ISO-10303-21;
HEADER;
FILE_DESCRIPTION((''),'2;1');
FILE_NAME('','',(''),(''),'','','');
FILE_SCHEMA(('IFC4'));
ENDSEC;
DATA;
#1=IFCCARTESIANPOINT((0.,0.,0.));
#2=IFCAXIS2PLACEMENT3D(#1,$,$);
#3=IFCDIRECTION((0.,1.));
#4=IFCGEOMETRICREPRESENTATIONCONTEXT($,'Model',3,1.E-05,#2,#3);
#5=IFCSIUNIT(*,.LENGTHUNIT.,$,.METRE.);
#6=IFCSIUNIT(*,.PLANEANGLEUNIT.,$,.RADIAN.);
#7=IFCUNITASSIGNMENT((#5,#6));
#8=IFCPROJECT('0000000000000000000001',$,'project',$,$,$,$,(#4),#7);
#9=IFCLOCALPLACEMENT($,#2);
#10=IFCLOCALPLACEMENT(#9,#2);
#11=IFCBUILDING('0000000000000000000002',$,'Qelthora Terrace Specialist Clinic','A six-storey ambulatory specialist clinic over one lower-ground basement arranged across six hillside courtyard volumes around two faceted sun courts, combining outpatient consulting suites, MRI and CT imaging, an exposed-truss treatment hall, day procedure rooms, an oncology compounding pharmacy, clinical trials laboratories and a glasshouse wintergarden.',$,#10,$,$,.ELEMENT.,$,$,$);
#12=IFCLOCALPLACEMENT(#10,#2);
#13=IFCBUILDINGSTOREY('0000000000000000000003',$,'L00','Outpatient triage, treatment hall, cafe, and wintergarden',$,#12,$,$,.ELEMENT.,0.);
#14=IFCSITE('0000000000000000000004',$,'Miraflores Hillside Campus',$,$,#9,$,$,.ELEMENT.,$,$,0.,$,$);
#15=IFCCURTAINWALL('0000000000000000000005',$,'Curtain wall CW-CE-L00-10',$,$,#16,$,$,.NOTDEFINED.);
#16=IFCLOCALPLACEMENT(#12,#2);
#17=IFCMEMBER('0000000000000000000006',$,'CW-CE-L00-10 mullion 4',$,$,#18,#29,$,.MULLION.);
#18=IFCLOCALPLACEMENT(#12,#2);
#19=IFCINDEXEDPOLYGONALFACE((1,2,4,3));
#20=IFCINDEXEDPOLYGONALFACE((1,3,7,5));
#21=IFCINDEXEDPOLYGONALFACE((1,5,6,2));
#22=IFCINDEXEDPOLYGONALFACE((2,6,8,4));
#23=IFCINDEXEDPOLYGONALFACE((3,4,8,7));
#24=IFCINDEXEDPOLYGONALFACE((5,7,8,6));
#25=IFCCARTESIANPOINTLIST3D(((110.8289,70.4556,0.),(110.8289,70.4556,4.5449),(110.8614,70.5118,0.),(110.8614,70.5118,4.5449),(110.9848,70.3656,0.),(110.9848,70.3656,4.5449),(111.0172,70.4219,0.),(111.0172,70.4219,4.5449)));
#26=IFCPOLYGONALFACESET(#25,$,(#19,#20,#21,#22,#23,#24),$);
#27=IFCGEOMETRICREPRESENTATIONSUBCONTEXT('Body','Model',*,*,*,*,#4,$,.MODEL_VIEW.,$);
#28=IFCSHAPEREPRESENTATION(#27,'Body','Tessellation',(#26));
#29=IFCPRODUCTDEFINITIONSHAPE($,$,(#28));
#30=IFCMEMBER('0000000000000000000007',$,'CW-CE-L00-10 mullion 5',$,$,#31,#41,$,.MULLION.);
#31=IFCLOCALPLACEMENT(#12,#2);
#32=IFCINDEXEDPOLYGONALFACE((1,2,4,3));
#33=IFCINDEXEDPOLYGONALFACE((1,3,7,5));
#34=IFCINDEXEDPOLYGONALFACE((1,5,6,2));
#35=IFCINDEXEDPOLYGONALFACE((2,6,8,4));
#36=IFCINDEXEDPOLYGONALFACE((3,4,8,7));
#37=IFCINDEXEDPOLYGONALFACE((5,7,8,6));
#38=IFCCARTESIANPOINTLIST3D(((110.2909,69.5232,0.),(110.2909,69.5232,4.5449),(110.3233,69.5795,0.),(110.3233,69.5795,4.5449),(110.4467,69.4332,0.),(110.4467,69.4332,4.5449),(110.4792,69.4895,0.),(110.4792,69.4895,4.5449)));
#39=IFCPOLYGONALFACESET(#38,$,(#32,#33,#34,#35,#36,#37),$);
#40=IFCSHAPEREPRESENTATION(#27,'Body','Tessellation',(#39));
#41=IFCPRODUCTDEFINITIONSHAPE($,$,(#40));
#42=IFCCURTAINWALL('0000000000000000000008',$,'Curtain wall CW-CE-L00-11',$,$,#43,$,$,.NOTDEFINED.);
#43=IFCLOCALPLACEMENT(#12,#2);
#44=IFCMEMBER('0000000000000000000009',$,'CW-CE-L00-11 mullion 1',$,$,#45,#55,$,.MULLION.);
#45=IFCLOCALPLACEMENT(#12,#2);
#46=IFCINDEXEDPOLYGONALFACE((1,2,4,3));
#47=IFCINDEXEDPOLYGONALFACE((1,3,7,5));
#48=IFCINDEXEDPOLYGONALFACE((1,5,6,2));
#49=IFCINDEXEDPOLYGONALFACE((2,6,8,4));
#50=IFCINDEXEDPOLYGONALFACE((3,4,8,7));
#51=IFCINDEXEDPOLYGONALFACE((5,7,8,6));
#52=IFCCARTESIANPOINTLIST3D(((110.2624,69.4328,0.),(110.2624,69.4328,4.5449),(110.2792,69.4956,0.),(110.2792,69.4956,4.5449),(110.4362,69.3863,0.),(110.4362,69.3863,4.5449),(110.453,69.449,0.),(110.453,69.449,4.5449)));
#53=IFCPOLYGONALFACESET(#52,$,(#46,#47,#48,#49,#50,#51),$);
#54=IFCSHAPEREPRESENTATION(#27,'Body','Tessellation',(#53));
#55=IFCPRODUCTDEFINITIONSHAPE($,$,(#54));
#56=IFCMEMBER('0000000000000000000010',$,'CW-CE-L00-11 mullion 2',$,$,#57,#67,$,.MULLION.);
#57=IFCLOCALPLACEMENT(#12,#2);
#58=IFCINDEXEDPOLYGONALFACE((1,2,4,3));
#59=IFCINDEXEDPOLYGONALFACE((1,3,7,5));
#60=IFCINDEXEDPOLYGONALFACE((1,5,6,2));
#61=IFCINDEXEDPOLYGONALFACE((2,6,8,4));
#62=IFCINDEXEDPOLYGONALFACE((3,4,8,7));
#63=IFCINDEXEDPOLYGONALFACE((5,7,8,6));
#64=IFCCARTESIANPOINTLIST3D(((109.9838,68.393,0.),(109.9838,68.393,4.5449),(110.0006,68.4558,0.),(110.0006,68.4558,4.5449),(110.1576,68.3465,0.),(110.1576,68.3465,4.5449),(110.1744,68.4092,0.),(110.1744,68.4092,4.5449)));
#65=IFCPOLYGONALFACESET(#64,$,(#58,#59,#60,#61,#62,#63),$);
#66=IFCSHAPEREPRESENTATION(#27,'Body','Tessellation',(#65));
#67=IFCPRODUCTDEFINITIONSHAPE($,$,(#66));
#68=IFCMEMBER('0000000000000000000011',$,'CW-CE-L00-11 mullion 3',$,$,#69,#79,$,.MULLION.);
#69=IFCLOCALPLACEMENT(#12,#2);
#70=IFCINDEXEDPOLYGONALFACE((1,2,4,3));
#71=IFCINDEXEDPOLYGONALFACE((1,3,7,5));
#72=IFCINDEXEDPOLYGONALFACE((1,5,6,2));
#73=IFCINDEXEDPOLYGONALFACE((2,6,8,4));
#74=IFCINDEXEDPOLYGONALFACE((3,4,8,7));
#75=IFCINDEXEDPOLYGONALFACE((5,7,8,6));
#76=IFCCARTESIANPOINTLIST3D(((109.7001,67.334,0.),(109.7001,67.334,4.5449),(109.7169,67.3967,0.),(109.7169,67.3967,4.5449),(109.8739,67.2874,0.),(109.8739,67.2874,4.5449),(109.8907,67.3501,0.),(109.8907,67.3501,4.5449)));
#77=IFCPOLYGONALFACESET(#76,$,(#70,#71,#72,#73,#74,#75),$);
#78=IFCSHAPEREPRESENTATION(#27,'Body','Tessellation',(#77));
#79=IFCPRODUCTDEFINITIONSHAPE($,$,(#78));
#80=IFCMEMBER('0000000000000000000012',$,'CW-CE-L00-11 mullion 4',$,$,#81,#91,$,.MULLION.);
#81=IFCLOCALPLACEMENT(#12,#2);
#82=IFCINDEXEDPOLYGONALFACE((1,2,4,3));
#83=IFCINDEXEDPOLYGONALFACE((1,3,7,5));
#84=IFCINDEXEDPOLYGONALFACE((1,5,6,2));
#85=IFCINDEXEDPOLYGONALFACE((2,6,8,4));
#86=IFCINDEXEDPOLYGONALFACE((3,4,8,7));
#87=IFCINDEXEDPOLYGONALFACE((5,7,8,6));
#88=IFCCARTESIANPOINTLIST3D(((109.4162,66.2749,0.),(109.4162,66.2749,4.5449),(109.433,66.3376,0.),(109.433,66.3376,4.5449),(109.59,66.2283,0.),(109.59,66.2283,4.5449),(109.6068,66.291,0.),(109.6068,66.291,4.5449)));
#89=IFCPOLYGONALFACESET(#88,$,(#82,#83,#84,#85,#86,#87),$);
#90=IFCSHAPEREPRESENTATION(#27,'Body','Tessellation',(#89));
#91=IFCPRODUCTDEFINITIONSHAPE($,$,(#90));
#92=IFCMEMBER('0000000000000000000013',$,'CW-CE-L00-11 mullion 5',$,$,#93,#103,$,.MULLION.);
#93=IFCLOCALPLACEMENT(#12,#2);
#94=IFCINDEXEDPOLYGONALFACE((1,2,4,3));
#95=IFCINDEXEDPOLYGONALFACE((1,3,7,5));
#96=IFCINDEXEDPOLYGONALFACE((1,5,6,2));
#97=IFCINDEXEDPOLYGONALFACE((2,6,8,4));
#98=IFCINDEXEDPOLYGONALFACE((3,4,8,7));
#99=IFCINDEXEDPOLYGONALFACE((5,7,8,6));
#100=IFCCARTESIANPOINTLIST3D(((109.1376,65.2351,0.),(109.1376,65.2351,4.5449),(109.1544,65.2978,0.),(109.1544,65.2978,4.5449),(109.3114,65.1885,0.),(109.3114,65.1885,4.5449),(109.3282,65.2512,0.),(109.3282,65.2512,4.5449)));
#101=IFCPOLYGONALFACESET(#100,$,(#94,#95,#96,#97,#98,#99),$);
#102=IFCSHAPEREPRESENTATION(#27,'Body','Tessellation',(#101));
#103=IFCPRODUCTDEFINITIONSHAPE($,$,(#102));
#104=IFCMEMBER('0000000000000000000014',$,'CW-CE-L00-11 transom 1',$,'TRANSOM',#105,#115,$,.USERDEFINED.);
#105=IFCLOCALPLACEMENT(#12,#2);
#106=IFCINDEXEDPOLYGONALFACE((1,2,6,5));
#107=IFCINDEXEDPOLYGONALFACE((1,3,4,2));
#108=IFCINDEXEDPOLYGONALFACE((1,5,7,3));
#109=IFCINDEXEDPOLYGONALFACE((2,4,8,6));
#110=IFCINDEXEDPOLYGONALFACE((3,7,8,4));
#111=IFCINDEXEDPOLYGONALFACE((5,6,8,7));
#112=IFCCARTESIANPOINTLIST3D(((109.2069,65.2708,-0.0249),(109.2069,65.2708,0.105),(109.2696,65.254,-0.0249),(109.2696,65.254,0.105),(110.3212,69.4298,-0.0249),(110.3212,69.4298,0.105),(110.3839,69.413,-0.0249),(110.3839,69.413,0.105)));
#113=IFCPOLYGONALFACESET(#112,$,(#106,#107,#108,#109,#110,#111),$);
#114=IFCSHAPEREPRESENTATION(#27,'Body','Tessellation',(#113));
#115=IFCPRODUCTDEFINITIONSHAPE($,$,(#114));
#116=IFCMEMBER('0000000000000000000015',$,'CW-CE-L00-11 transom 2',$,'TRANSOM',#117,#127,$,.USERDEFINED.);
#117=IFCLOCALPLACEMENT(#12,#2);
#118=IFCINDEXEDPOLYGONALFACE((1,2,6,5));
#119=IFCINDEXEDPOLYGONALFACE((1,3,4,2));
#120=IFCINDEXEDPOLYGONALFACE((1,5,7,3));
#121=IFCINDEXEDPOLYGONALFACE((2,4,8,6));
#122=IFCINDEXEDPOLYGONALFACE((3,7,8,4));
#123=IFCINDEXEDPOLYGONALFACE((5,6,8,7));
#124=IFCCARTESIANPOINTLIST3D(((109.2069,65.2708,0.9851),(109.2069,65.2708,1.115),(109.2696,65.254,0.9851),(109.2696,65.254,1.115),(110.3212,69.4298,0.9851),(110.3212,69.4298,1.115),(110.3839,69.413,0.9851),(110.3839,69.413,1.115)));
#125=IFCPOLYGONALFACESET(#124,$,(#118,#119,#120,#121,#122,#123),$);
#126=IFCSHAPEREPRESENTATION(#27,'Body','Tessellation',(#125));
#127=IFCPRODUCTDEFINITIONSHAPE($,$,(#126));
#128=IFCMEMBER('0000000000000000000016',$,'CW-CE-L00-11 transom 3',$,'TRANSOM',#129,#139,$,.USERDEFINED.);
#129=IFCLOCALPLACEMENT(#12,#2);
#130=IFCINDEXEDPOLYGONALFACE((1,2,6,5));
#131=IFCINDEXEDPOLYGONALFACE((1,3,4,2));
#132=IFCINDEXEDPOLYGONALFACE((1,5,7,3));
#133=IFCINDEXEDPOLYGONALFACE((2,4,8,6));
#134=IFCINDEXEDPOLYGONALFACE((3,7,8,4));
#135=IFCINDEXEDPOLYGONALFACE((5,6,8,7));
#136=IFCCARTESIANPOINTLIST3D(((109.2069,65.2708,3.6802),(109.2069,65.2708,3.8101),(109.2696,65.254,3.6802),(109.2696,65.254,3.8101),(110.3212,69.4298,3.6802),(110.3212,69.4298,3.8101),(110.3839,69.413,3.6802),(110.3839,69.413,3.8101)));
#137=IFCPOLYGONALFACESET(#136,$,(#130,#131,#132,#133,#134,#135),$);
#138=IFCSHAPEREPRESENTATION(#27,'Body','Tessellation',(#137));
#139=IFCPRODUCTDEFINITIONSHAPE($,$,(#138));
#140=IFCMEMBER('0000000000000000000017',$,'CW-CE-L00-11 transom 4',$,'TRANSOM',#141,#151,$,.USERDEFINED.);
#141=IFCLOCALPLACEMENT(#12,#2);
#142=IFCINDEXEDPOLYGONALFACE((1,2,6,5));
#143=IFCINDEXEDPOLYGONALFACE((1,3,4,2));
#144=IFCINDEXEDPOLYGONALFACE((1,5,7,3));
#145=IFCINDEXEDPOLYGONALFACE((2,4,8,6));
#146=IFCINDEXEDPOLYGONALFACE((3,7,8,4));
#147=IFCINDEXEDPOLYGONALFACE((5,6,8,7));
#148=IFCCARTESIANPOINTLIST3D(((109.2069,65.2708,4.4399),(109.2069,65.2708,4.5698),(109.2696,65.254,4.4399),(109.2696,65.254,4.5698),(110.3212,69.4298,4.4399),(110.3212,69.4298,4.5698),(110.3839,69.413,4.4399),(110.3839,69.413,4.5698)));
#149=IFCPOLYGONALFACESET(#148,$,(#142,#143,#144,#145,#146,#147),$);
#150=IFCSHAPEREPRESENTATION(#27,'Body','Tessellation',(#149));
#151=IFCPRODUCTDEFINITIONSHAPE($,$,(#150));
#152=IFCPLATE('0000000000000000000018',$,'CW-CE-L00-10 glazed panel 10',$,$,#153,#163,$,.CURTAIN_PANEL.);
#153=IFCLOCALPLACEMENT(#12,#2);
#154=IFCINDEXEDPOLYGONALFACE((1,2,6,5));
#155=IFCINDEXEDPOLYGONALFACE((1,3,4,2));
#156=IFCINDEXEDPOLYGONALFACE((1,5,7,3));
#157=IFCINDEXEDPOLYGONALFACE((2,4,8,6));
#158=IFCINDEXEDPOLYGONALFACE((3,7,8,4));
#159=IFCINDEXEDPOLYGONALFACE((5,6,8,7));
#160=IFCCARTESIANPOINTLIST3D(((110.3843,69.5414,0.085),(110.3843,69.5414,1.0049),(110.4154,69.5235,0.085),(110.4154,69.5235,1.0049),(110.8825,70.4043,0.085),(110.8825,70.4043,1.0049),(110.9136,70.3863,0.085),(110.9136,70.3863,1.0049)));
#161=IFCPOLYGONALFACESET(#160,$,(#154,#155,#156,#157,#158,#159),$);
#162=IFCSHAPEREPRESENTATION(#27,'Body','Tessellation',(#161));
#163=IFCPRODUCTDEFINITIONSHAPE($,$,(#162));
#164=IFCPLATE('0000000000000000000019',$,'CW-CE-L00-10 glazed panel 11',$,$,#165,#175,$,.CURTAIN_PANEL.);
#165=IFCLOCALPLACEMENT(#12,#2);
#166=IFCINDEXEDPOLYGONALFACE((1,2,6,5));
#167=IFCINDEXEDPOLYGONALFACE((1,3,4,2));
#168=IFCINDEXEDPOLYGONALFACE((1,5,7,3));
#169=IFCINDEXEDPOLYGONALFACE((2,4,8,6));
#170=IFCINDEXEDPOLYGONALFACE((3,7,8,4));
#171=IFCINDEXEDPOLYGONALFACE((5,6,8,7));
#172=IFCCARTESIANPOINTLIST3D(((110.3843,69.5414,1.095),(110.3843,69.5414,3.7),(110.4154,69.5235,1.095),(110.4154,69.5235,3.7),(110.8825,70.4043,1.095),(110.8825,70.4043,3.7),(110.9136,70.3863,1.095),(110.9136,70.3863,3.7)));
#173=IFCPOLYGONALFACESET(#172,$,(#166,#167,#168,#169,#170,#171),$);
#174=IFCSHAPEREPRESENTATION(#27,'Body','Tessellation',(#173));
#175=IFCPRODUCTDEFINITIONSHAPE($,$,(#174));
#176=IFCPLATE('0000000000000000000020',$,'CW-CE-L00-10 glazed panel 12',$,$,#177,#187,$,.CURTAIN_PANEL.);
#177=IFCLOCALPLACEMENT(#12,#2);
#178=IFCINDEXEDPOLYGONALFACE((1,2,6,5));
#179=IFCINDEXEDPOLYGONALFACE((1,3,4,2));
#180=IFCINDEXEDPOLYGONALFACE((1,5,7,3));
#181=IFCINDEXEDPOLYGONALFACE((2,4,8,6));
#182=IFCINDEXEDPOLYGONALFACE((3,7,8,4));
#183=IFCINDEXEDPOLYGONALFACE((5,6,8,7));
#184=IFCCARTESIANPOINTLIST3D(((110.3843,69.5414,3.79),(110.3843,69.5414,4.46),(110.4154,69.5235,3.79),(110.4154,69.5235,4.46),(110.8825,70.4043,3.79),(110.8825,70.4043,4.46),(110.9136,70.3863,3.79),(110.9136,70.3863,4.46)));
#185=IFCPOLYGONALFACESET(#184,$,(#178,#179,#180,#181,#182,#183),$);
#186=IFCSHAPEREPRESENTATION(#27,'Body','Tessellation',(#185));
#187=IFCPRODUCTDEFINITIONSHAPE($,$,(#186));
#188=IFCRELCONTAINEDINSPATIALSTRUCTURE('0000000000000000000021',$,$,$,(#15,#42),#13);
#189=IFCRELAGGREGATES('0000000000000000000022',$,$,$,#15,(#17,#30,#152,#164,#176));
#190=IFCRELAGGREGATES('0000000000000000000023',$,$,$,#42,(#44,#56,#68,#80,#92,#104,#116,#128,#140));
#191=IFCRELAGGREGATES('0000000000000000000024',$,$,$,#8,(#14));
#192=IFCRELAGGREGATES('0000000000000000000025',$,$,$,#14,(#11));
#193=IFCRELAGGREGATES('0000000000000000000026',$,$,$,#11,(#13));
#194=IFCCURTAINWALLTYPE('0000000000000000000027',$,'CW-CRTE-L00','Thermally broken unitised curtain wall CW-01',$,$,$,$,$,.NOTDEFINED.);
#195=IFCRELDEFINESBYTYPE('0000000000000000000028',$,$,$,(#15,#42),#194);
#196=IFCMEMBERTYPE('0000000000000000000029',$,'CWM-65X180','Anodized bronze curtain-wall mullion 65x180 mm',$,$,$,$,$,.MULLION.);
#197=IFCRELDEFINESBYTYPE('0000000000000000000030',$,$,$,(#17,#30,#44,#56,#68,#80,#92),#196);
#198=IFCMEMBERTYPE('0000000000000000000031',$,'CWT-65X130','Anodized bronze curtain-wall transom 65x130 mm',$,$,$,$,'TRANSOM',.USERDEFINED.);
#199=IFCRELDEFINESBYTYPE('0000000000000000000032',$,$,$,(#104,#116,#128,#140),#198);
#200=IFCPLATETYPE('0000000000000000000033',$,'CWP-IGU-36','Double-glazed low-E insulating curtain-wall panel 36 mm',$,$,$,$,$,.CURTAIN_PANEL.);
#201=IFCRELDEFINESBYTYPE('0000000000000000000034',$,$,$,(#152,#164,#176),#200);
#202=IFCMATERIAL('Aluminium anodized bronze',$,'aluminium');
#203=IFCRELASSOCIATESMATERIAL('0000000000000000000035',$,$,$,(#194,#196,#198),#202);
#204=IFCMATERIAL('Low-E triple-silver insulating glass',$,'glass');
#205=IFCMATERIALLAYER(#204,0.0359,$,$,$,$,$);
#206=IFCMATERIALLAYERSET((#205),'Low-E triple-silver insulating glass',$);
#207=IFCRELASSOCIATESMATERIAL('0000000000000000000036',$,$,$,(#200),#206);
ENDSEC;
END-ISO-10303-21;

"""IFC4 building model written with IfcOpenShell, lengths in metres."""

from ifc_helpers import new_model, si_unit, direction, frame, origin, origin_2d, place, context, subcontext, project, spatial, rectangle, extrude, material, layer, layer_set, material_profile, profile_set, type_object, element, aggregate, save


model = new_model("IFC4")

# Units and contexts
model_context = context("Model", 3, precision=1e-05, world=origin(), true_north=direction((0.0, 1.0)))
body_context = subcontext(model_context, "Body", "Model", "MODEL_VIEW")
ifc_project = project(units=[si_unit("LENGTHUNIT", "METRE"), si_unit("PLANEANGLEUNIT", "RADIAN")], contexts=[model_context])

# Site, building, storey
site_placement = place(None, origin())
site = spatial("IfcSite", under=ifc_project, at=site_placement, Name="Miraflores Hillside Campus", CompositionType="ELEMENT", RefElevation=0.0)
building_placement = place(site_placement, origin())
building = spatial("IfcBuilding", under=site, at=building_placement, Name="Qelthora Terrace Specialist Clinic", Description="A six-storey ambulatory specialist clinic over one lower-ground basement arranged across six hillside courtyard volumes around two faceted sun courts, combining outpatient consulting suites, MRI and CT imaging, an exposed-truss treatment hall, day procedure rooms, an oncology compounding pharmacy, clinical trials laboratories and a glasshouse wintergarden.", CompositionType="ELEMENT")
storey_placement = place(building_placement, origin())
storey = spatial("IfcBuildingStorey", under=building, at=storey_placement, Name="L00", Description="Outpatient triage, treatment hall, cafe, and wintergarden", CompositionType="ELEMENT", Elevation=0.0)

# Curtain walls, members
ifc_material_1 = material(Name="Aluminium anodized bronze", Category="aluminium")
curtain_wall_type = type_object("IfcCurtainWallType", Name="CW-CRTE-L00", Description="Thermally broken unitised curtain wall CW-01", PredefinedType="NOTDEFINED", material=ifc_material_1)
curtain_wall_1_placement = place(storey_placement, origin())
curtain_wall_1 = element("IfcCurtainWall", 1, at=curtain_wall_1_placement, inside=storey, type_object=curtain_wall_type, Name="Curtain wall CW-CE-L00-10", PredefinedType="NOTDEFINED")
ifc_material_profile_1 = material_profile(ifc_material_1, rectangle(XDim=0.0649, YDim=0.1799, at=origin_2d()), Name="CWM65X180")
ifc_profile_set_1 = profile_set([ifc_material_profile_1], Name="Aluminium anodized bronze")
member_type_1 = type_object("IfcMemberType", Name="CWM-65X180", Description="Anodized bronze curtain-wall mullion 65x180 mm", PredefinedType="MULLION", material=ifc_profile_set_1)
member_1_placement = place(storey_placement, frame((110.9231, 70.4387, 0.0), z_axis=(0.0, 0.0, 1.0), x_axis=(-0.5, -0.866025, 0.0)))
member_1 = element("IfcMember", 2, at=member_1_placement, type_object=member_type_1, Name="CW-CE-L00-10 mullion 4", PredefinedType="MULLION", context=body_context, shape_type="SweptSolid", body=[
    extrude(rectangle(XDim=0.0649, YDim=0.1799, at=origin_2d()), origin(), (0.0, 0.0, 1.0), 4.5449),
])
member_2_placement = place(storey_placement, frame((110.385, 69.5063, 0.0), z_axis=(0.0, 0.0, 1.0), x_axis=(-0.5, -0.866025, 0.0)))
member_2 = element("IfcMember", 3, at=member_2_placement, type_object=member_type_1, Name="CW-CE-L00-10 mullion 5", PredefinedType="MULLION", context=body_context, shape_type="SweptSolid", body=[
    extrude(rectangle(XDim=0.0649, YDim=0.1799, at=origin_2d()), origin(), (0.0, 0.0, 1.0), 4.5449),
])
curtain_wall_2_placement = place(storey_placement, origin())
curtain_wall_2 = element("IfcCurtainWall", 4, at=curtain_wall_2_placement, inside=storey, type_object=curtain_wall_type, Name="Curtain wall CW-CE-L00-11", PredefinedType="NOTDEFINED")
member_3_placement = place(storey_placement, frame((110.3577, 69.4409, 0.0), z_axis=(0.0, 0.0, 1.0), x_axis=(-0.25882, -0.965926, 0.0)))
member_3 = element("IfcMember", 5, at=member_3_placement, type_object=member_type_1, Name="CW-CE-L00-11 mullion 1", PredefinedType="MULLION", context=body_context, shape_type="SweptSolid", body=[
    extrude(rectangle(XDim=0.0649, YDim=0.1799, at=origin_2d()), origin(), (0.0, 0.0, 1.0), 4.5449),
])
member_4_placement = place(storey_placement, frame((110.0791, 68.4011, 0.0), z_axis=(0.0, 0.0, 1.0), x_axis=(-0.25882, -0.965926, 0.0)))
member_4 = element("IfcMember", 6, at=member_4_placement, type_object=member_type_1, Name="CW-CE-L00-11 mullion 2", PredefinedType="MULLION", context=body_context, shape_type="SweptSolid", body=[
    extrude(rectangle(XDim=0.0649, YDim=0.1799, at=origin_2d()), origin(), (0.0, 0.0, 1.0), 4.5449),
])
member_5_placement = place(storey_placement, frame((109.7954, 67.342, 0.0), z_axis=(0.0, 0.0, 1.0), x_axis=(-0.25882, -0.965926, 0.0)))
member_5 = element("IfcMember", 7, at=member_5_placement, type_object=member_type_1, Name="CW-CE-L00-11 mullion 3", PredefinedType="MULLION", context=body_context, shape_type="SweptSolid", body=[
    extrude(rectangle(XDim=0.0649, YDim=0.1799, at=origin_2d()), origin(), (0.0, 0.0, 1.0), 4.5449),
])
member_6_placement = place(storey_placement, frame((109.5115, 66.283, 0.0), z_axis=(0.0, 0.0, 1.0), x_axis=(-0.25882, -0.965926, 0.0)))
member_6 = element("IfcMember", 8, at=member_6_placement, type_object=member_type_1, Name="CW-CE-L00-11 mullion 4", PredefinedType="MULLION", context=body_context, shape_type="SweptSolid", body=[
    extrude(rectangle(XDim=0.0649, YDim=0.1799, at=origin_2d()), origin(), (0.0, 0.0, 1.0), 4.5449),
])
member_7_placement = place(storey_placement, frame((109.2329, 65.2432, 0.0), z_axis=(0.0, 0.0, 1.0), x_axis=(-0.25882, -0.965926, 0.0)))
member_7 = element("IfcMember", 9, at=member_7_placement, type_object=member_type_1, Name="CW-CE-L00-11 mullion 5", PredefinedType="MULLION", context=body_context, shape_type="SweptSolid", body=[
    extrude(rectangle(XDim=0.0649, YDim=0.1799, at=origin_2d()), origin(), (0.0, 0.0, 1.0), 4.5449),
])
ifc_material_profile_2 = material_profile(ifc_material_1, rectangle(XDim=0.0649, YDim=0.1299, at=origin_2d()), Name="CWT65X130")
ifc_profile_set_2 = profile_set([ifc_material_profile_2], Name="Aluminium anodized bronze")
member_type_2 = type_object("IfcMemberType", Name="CWT-65X130", Description="Anodized bronze curtain-wall transom 65x130 mm", ElementType="TRANSOM", PredefinedType="USERDEFINED", material=ifc_profile_set_2)
member_8_placement = place(storey_placement, frame((110.3525, 69.4214, 0.04), z_axis=(-0.258792, -0.965933, 0.0), x_axis=(0.965933, -0.258792, 0.0)))
member_8 = element("IfcMember", 10, at=member_8_placement, type_object=member_type_2, Name="CW-CE-L00-11 transom 1", ObjectType="TRANSOM", PredefinedType="USERDEFINED", context=body_context, shape_type="SweptSolid", body=[
    extrude(rectangle(XDim=0.0649, YDim=0.1299, at=origin_2d()), origin(), (0.0, 0.0, 1.0), 4.3057),
])
member_9_placement = place(storey_placement, frame((110.3525, 69.4214, 1.05), z_axis=(-0.258792, -0.965933, 0.0), x_axis=(0.965933, -0.258792, 0.0)))
member_9 = element("IfcMember", 11, at=member_9_placement, type_object=member_type_2, Name="CW-CE-L00-11 transom 2", ObjectType="TRANSOM", PredefinedType="USERDEFINED", context=body_context, shape_type="SweptSolid", body=[
    extrude(rectangle(XDim=0.0649, YDim=0.1299, at=origin_2d()), origin(), (0.0, 0.0, 1.0), 4.3057),
])
member_10_placement = place(storey_placement, frame((110.3525, 69.4214, 3.7451), z_axis=(-0.258792, -0.965933, 0.0), x_axis=(0.965933, -0.258792, 0.0)))
member_10 = element("IfcMember", 12, at=member_10_placement, type_object=member_type_2, Name="CW-CE-L00-11 transom 3", ObjectType="TRANSOM", PredefinedType="USERDEFINED", context=body_context, shape_type="SweptSolid", body=[
    extrude(rectangle(XDim=0.0649, YDim=0.1299, at=origin_2d()), origin(), (0.0, 0.0, 1.0), 4.3057),
])
member_11_placement = place(storey_placement, frame((110.3525, 69.4214, 4.5049), z_axis=(-0.258792, -0.965933, 0.0), x_axis=(0.965933, -0.258792, 0.0)))
member_11 = element("IfcMember", 13, at=member_11_placement, type_object=member_type_2, Name="CW-CE-L00-11 transom 4", ObjectType="TRANSOM", PredefinedType="USERDEFINED", context=body_context, shape_type="SweptSolid", body=[
    extrude(rectangle(XDim=0.0649, YDim=0.1299, at=origin_2d()), origin(), (0.0, 0.0, 1.0), 4.3057),
])

# Plates
ifc_material_2 = material(Name="Low-E triple-silver insulating glass", Category="glass")
ifc_layer = layer(ifc_material_2, 0.0359)
ifc_layer_set = layer_set([ifc_layer], Name="Low-E triple-silver insulating glass")
plate_type = type_object("IfcPlateType", Name="CWP-IGU-36", Description="Double-glazed low-E insulating curtain-wall panel 36 mm", PredefinedType="CURTAIN_PANEL", material=ifc_layer_set)
plate_1_placement = place(storey_placement, frame((110.6489, 69.9639, 0.085), z_axis=(0.0, 0.0, 1.0), x_axis=(-0.5, -0.866025, 0.0)))
plate_1 = element("IfcPlate", 14, at=plate_1_placement, type_object=plate_type, Name="CW-CE-L00-10 glazed panel 10", PredefinedType="CURTAIN_PANEL", context=body_context, shape_type="SweptSolid", body=[
    extrude(rectangle(XDim=0.9963, YDim=0.0359, at=origin_2d()), origin(), (0.0, 0.0, 1.0), 0.9199),
])
plate_2_placement = place(storey_placement, frame((110.6489, 69.9639, 1.095), z_axis=(0.0, 0.0, 1.0), x_axis=(-0.5, -0.866025, 0.0)))
plate_2 = element("IfcPlate", 15, at=plate_2_placement, type_object=plate_type, Name="CW-CE-L00-10 glazed panel 11", PredefinedType="CURTAIN_PANEL", context=body_context, shape_type="SweptSolid", body=[
    extrude(rectangle(XDim=0.9963, YDim=0.0359, at=origin_2d()), origin(), (0.0, 0.0, 1.0), 2.605),
])
plate_3_placement = place(storey_placement, frame((110.6489, 69.9639, 3.79), z_axis=(0.0, 0.0, 1.0), x_axis=(-0.5, -0.866025, 0.0)))
plate_3 = element("IfcPlate", 16, at=plate_3_placement, type_object=plate_type, Name="CW-CE-L00-10 glazed panel 12", PredefinedType="CURTAIN_PANEL", context=body_context, shape_type="SweptSolid", body=[
    extrude(rectangle(XDim=0.9963, YDim=0.0359, at=origin_2d()), origin(), (0.0, 0.0, 1.0), 0.6699),
])
aggregate(curtain_wall_1, [member_1, member_2, plate_1, plate_2, plate_3])
aggregate(curtain_wall_2, [member_3, member_4, member_5, member_6, member_7, member_8, member_9, member_10, member_11])

save(model, "model.ifc")
